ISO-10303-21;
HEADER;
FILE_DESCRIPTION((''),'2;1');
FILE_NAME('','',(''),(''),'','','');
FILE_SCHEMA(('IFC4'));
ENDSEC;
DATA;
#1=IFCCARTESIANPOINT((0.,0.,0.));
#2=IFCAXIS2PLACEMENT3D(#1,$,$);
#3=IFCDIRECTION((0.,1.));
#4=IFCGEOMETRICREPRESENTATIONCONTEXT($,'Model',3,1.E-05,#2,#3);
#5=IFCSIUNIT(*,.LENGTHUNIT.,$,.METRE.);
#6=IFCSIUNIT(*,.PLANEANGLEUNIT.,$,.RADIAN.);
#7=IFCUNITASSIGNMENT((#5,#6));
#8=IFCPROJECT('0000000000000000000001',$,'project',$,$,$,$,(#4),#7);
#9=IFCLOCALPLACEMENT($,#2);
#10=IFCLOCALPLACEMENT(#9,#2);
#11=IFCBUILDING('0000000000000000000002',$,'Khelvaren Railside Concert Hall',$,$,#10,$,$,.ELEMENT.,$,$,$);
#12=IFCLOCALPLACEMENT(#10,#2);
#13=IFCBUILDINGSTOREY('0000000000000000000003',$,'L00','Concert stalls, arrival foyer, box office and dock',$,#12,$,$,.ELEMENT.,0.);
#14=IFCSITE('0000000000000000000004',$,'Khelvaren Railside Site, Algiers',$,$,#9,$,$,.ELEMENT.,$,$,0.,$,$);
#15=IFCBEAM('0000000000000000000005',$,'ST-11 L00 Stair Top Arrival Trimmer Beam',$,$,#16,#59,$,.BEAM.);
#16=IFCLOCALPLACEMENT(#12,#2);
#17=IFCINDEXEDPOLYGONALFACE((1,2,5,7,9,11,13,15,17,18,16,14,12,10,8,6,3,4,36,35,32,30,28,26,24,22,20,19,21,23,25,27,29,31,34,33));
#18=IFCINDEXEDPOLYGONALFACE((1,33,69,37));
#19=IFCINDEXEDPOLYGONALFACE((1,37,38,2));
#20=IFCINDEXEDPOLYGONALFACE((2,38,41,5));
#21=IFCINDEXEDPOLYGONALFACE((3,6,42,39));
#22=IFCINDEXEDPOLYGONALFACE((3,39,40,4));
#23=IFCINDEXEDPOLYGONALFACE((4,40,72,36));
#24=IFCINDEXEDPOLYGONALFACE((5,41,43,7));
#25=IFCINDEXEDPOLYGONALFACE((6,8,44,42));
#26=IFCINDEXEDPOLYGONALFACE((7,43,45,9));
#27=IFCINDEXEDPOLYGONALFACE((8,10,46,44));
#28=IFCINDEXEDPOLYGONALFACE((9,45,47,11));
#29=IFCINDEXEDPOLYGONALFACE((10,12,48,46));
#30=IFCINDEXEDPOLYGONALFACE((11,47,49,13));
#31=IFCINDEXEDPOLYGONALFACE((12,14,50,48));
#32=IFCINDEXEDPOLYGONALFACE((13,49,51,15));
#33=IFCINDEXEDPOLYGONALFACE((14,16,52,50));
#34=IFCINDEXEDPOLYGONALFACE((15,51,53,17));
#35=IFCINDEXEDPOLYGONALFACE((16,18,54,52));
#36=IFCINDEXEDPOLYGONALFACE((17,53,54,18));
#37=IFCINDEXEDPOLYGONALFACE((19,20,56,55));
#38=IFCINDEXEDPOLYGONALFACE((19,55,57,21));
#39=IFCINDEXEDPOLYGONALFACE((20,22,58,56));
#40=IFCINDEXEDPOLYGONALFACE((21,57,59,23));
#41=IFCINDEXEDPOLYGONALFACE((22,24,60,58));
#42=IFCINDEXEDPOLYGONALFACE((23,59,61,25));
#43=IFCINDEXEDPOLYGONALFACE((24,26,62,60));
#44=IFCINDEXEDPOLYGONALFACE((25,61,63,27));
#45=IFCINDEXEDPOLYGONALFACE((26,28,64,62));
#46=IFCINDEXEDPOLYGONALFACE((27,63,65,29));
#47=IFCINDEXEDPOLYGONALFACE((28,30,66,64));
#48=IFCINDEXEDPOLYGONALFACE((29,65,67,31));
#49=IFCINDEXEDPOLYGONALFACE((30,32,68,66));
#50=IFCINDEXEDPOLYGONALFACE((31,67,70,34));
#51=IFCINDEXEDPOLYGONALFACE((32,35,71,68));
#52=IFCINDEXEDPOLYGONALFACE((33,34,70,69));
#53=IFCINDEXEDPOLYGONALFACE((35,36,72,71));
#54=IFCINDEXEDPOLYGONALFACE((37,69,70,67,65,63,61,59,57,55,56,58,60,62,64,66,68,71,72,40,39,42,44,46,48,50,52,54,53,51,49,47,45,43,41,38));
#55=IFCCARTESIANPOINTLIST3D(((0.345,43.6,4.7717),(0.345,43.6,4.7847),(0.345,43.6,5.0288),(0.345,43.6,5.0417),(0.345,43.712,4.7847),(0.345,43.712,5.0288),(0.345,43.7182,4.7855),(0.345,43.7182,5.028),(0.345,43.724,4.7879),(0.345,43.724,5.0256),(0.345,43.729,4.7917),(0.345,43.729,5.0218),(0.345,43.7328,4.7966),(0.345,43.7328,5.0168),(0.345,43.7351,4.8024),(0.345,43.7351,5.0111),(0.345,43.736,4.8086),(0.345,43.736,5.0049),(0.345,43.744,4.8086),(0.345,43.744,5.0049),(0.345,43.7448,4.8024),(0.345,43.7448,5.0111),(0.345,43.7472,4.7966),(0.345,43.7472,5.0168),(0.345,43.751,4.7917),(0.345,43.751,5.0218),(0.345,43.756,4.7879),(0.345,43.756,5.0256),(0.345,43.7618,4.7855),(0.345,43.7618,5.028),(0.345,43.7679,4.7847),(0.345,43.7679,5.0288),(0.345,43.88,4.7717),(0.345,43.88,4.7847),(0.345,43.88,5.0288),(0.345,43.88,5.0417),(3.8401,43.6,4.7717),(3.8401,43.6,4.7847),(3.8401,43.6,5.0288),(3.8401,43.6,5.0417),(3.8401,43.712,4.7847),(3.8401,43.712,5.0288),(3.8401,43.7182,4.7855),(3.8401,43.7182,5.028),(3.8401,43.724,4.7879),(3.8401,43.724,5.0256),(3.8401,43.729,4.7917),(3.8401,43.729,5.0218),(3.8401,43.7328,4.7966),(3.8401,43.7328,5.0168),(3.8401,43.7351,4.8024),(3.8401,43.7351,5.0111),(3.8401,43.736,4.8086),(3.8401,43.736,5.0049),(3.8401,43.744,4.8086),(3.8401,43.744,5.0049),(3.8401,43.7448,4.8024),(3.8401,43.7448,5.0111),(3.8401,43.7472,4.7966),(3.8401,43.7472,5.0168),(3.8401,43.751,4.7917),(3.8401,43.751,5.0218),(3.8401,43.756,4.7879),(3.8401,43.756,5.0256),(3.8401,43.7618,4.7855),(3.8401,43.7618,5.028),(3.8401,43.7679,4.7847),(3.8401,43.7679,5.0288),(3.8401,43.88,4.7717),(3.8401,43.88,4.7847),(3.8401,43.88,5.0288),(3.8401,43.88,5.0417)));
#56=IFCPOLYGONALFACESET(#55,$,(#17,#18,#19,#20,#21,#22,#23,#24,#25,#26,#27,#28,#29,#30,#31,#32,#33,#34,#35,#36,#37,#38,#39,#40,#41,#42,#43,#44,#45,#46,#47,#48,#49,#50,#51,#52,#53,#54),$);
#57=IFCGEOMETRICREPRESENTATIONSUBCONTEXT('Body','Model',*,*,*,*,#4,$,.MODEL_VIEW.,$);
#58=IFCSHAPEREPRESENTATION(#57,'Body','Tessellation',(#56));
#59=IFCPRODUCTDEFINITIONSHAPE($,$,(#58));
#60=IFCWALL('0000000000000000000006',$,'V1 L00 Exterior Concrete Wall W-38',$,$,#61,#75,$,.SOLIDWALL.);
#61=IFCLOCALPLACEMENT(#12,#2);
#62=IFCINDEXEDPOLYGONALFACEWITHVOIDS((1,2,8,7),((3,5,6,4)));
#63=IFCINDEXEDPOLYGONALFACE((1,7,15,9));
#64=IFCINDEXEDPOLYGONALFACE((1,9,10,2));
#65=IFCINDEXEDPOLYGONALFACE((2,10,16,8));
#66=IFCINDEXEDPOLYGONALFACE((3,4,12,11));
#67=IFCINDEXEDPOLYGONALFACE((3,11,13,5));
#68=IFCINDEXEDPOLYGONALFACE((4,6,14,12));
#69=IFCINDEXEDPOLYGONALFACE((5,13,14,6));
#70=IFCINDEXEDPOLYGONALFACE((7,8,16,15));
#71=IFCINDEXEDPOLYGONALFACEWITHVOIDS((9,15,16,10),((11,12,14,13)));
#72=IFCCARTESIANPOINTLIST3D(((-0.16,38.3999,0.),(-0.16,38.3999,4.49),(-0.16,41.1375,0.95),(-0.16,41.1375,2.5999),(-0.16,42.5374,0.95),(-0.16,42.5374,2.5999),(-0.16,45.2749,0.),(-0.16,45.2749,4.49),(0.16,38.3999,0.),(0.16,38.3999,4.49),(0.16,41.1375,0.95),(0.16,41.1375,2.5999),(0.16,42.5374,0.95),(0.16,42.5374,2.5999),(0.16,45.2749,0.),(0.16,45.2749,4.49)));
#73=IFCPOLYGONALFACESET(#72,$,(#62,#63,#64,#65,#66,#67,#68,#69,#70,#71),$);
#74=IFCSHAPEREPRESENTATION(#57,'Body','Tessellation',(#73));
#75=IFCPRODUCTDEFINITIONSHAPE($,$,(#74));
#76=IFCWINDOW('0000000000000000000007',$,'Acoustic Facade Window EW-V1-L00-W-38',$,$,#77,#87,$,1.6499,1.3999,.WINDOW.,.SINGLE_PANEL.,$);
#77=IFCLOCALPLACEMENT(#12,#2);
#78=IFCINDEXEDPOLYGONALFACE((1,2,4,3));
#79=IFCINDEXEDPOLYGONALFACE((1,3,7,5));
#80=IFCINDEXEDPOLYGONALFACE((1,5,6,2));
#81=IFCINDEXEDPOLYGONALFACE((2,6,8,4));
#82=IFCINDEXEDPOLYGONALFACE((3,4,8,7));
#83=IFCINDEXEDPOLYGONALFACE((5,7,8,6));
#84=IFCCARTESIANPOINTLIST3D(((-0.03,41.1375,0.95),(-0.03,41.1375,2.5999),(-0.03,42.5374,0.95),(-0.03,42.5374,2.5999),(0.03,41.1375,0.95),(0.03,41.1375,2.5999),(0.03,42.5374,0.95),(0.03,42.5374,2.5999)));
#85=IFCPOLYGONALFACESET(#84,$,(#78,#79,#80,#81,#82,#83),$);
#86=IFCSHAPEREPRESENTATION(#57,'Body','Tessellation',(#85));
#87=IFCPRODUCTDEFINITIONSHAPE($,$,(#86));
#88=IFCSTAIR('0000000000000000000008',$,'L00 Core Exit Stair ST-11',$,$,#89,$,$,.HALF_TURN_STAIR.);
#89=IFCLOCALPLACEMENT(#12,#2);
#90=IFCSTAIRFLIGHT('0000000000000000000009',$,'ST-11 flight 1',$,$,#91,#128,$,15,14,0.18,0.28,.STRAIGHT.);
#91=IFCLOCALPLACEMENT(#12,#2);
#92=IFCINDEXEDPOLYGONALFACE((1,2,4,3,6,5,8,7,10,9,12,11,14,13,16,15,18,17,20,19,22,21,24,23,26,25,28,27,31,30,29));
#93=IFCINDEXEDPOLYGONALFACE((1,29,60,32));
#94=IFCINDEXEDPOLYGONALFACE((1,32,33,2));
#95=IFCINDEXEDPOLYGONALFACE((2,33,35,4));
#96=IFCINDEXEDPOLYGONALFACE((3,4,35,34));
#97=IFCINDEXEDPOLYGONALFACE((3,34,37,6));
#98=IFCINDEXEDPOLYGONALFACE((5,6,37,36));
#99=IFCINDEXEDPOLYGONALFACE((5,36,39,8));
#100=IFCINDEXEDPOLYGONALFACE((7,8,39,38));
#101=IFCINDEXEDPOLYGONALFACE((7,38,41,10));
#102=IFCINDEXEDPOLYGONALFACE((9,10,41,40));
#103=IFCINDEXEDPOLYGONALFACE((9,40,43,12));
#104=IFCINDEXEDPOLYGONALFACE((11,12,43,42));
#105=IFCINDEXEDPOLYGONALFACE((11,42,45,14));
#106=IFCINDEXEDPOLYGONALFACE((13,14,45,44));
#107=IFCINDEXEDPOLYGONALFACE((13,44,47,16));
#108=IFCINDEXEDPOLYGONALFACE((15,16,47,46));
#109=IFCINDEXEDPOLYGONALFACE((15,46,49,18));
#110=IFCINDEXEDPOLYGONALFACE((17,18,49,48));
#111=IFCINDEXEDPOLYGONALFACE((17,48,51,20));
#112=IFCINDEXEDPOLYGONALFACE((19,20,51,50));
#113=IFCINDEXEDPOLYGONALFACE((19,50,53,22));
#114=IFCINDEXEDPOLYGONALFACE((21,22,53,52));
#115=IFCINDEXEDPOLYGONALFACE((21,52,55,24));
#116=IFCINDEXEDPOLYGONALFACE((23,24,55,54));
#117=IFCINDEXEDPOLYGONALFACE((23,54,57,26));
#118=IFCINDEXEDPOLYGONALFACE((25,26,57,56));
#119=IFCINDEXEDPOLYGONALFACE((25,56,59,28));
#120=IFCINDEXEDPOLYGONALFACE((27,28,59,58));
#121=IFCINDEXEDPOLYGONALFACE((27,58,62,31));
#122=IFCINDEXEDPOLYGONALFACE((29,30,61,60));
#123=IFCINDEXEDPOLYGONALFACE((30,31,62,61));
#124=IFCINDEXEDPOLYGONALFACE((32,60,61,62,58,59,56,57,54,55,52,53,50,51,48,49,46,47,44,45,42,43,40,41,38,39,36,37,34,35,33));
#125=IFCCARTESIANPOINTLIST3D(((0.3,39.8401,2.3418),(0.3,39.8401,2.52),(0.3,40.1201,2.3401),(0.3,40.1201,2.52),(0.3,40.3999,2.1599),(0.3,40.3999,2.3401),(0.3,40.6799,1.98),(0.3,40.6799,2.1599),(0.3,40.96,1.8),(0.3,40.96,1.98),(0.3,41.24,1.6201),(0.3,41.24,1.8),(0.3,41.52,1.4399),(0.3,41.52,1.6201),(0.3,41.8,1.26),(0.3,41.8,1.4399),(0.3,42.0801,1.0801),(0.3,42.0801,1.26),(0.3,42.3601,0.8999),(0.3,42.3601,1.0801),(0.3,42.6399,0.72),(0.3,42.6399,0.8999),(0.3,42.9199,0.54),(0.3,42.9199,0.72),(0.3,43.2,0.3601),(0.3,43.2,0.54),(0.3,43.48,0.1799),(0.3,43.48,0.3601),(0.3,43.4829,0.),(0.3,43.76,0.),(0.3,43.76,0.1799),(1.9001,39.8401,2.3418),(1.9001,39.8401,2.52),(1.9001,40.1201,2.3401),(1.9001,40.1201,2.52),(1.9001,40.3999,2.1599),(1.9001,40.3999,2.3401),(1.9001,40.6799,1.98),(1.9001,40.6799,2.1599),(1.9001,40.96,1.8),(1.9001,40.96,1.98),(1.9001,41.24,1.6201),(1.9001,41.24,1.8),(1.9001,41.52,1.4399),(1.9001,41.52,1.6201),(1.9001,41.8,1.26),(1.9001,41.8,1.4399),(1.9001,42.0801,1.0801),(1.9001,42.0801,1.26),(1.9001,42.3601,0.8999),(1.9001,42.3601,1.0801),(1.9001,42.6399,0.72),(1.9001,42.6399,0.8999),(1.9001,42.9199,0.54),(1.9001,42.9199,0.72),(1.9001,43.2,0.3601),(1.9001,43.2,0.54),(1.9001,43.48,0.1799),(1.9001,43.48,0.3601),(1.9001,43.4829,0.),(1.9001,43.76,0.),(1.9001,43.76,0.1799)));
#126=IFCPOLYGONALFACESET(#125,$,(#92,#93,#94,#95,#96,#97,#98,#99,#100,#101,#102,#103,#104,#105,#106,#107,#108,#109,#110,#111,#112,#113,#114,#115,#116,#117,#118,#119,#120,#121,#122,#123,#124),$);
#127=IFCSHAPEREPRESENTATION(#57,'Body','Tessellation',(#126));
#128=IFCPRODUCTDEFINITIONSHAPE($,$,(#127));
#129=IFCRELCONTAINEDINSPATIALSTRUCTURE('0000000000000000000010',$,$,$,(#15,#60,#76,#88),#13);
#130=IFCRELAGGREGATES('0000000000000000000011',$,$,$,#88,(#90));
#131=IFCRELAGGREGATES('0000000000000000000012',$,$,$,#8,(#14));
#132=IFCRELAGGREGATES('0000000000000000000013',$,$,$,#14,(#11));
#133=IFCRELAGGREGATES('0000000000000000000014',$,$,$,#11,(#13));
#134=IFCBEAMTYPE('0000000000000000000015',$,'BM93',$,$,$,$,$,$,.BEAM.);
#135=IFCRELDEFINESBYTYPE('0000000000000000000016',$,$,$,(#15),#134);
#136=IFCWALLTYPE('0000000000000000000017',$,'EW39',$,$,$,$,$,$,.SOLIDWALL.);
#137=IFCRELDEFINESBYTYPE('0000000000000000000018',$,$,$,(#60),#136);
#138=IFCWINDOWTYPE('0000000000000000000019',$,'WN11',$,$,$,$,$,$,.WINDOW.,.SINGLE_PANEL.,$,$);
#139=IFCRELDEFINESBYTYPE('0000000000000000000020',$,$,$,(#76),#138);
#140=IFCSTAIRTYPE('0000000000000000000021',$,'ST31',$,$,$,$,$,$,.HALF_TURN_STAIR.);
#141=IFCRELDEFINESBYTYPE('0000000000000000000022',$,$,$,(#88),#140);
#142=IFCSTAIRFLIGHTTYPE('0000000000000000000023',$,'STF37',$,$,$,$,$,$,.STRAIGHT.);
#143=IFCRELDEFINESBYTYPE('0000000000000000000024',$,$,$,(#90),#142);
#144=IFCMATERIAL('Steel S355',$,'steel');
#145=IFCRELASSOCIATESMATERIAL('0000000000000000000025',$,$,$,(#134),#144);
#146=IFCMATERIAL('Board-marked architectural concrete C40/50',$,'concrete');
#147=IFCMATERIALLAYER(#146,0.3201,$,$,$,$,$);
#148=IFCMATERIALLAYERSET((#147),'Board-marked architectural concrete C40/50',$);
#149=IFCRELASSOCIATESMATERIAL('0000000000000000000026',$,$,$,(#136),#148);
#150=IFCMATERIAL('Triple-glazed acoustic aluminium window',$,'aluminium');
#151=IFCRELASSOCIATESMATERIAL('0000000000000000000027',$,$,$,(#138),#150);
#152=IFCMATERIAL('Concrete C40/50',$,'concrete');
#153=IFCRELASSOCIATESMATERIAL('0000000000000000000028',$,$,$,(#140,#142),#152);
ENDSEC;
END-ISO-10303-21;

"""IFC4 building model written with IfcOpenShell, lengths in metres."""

from ifc_helpers import new_model, si_unit, direction, frame, frame_2d, origin, origin_2d, place, context, subcontext, project, spatial, polyline, rectangle, i_section, outline, extrude, material, layer, layer_set, material_profile, profile_set, type_object, element, fill, aggregate, save


model = new_model("IFC4")

# Units and contexts
model_context = context("Model", 3, precision=1e-05, world=origin(), true_north=direction((0.0, 1.0)))
body_context = subcontext(model_context, "Body", "Model", "MODEL_VIEW")
ifc_project = project(units=[si_unit("LENGTHUNIT", "METRE"), si_unit("PLANEANGLEUNIT", "RADIAN")], contexts=[model_context])

# Site, building, storey
site_placement = place(None, origin())
site = spatial("IfcSite", under=ifc_project, at=site_placement, Name="Khelvaren Railside Site, Algiers", CompositionType="ELEMENT", RefElevation=0.0)
building_placement = place(site_placement, origin())
building = spatial("IfcBuilding", under=site, at=building_placement, Name="Khelvaren Railside Concert Hall", CompositionType="ELEMENT")
storey_placement = place(building_placement, origin())
storey = spatial("IfcBuildingStorey", under=building, at=storey_placement, Name="L00", Description="Concert stalls, arrival foyer, box office and dock", CompositionType="ELEMENT", Elevation=0.0)

# Beam
ifc_material_1 = material(Name="Steel S355", Category="steel")
ifc_material_profile_1 = material_profile(ifc_material_1, i_section(OverallWidth=0.28, OverallDepth=0.27, WebThickness=0.0081, FlangeThickness=0.0129, FilletRadius=0.0239, at=origin_2d()), Name="HEA 280")
ifc_profile_set_1 = profile_set([ifc_material_profile_1], Name="Steel S355")
beam_type_1 = type_object("IfcBeamType", Name="BM93", PredefinedType="BEAM", material=ifc_profile_set_1)
beam_1_placement = place(storey_placement, frame((0.345, 43.74, 4.9067), z_axis=(1.0, 0.0, 0.0), x_axis=(0.0, 1.0, 0.0)))
element("IfcBeam", 1, at=beam_1_placement, inside=storey, type_object=beam_type_1, Name="ST-11 L00 Stair Top Arrival Trimmer Beam", PredefinedType="BEAM", context=body_context, shape_type="SweptSolid", body=[
    extrude(i_section(OverallWidth=0.28, OverallDepth=0.27, WebThickness=0.0081, FlangeThickness=0.0129, FilletRadius=0.0239, at=origin_2d()), origin(), (0.0, 0.0, 1.0), 3.4951),
])

# Wall, opening, window
ifc_material_2 = material(Name="Board-marked architectural concrete C40/50", Category="concrete")
ifc_layer = layer(ifc_material_2, 0.3201)
ifc_layer_set = layer_set([ifc_layer], Name="Board-marked architectural concrete C40/50")
wall_type = type_object("IfcWallType", Name="EW39", PredefinedType="SOLIDWALL", material=ifc_layer_set)
wall_placement = place(storey_placement, frame((0.0, 38.3999, 0.0), z_axis=(0.0, 0.0, 1.0), x_axis=(0.0, 1.0, 0.0)))
wall = element("IfcWall", 2, at=wall_placement, inside=storey, type_object=wall_type, Name="V1 L00 Exterior Concrete Wall W-38", PredefinedType="SOLIDWALL", context=body_context, shape_type="SweptSolid", body=[
    extrude(rectangle(XDim=6.875, YDim=0.3201, at=frame_2d((3.4375, 0.0))), origin(), (0.0, 0.0, 1.0), 4.49),
])
opening_placement = place(wall_placement, frame((2.7375, 0.0, 0.95)))
opening = element("IfcOpeningElement", 3, at=opening_placement, cuts=wall, PredefinedType="OPENING", context=body_context, shape_type="SweptSolid", body=[
    extrude(rectangle(XDim=1.3999, YDim=1.6499, at=frame_2d((0.7, 0.825))), frame((0.0, 0.1699, 0.0), z_axis=(0.0, -1.0, 0.0), x_axis=(1.0, 0.0, 0.0)), (0.0, 0.0, 1.0), 0.3401),
])
ifc_material_3 = material(Name="Triple-glazed acoustic aluminium window", Category="aluminium")
window_type = type_object("IfcWindowType", Name="WN11", PartitioningType="SINGLE_PANEL", PredefinedType="WINDOW", material=ifc_material_3)
window_placement = place(opening_placement, origin())
window = element("IfcWindow", 4, at=window_placement, inside=storey, type_object=window_type, Name="Acoustic Facade Window EW-V1-L00-W-38", OverallHeight=1.6499, OverallWidth=1.3999, PartitioningType="SINGLE_PANEL", PredefinedType="WINDOW", context=body_context, shape_type="SweptSolid", body=[
    extrude(rectangle(XDim=1.3999, YDim=1.6499, at=frame_2d((0.7, 0.825))), frame((0.0, 0.03, 0.0), z_axis=(0.0, -1.0, 0.0), x_axis=(1.0, 0.0, 0.0)), (0.0, 0.0, 1.0), 0.0601),
])
fill(opening, window)

# Stair, stair flight
ifc_material_4 = material(Name="Concrete C40/50", Category="concrete")
stair_type = type_object("IfcStairType", Name="ST31", PredefinedType="HALF_TURN_STAIR", material=ifc_material_4)
stair_placement = place(storey_placement, origin())
stair = element("IfcStair", 5, at=stair_placement, inside=storey, type_object=stair_type, Name="L00 Core Exit Stair ST-11", PredefinedType="HALF_TURN_STAIR")
stair_flight_type = type_object("IfcStairFlightType", Name="STF37", PredefinedType="STRAIGHT", material=ifc_material_4)
stair_flight_placement = place(storey_placement, frame((1.1001, 43.76, 0.0), z_axis=(0.0, 0.0, 1.0), x_axis=(0.0, -1.0, 0.0)))
stair_flight = element("IfcStairFlight", 6, at=stair_flight_placement, type_object=stair_flight_type, Name="ST-11 flight 1", NumberOfRisers=15, NumberOfTreads=14, PredefinedType="STRAIGHT", RiserHeight=0.18, TreadLength=0.28, context=body_context, shape_type="SweptSolid", body=[
    extrude(outline(polyline([(0.0, 0.0), (0.0, 0.1799), (0.28, 0.1799), (0.28, 0.3601), (0.5601, 0.3601), (0.5601, 0.54), (0.8401, 0.54), (0.8401, 0.72), (1.1201, 0.72), (1.1201, 0.8999), (1.3999, 0.8999), (1.3999, 1.0801), (1.6799, 1.0801), (1.6799, 1.26), (1.96, 1.26), (1.96, 1.4399), (2.24, 1.4399), (2.24, 1.6201), (2.52, 1.6201), (2.52, 1.8), (2.8, 1.8), (2.8, 1.98), (3.0801, 1.98), (3.0801, 2.1599), (3.3601, 2.1599), (3.3601, 2.3401), (3.6399, 2.3401), (3.6399, 2.52), (3.9199, 2.52), (3.9199, 2.7), (3.9199, 2.3418), (0.2771, 0.0), (0.0, 0.0)])), frame((0.0, 0.8, 0.0), z_axis=(0.0, -1.0, 0.0), x_axis=(1.0, 0.0, 0.0)), (0.0, 0.0, 1.0), 1.6001),
])
aggregate(stair, [stair_flight])

save(model, "model.ifc")
